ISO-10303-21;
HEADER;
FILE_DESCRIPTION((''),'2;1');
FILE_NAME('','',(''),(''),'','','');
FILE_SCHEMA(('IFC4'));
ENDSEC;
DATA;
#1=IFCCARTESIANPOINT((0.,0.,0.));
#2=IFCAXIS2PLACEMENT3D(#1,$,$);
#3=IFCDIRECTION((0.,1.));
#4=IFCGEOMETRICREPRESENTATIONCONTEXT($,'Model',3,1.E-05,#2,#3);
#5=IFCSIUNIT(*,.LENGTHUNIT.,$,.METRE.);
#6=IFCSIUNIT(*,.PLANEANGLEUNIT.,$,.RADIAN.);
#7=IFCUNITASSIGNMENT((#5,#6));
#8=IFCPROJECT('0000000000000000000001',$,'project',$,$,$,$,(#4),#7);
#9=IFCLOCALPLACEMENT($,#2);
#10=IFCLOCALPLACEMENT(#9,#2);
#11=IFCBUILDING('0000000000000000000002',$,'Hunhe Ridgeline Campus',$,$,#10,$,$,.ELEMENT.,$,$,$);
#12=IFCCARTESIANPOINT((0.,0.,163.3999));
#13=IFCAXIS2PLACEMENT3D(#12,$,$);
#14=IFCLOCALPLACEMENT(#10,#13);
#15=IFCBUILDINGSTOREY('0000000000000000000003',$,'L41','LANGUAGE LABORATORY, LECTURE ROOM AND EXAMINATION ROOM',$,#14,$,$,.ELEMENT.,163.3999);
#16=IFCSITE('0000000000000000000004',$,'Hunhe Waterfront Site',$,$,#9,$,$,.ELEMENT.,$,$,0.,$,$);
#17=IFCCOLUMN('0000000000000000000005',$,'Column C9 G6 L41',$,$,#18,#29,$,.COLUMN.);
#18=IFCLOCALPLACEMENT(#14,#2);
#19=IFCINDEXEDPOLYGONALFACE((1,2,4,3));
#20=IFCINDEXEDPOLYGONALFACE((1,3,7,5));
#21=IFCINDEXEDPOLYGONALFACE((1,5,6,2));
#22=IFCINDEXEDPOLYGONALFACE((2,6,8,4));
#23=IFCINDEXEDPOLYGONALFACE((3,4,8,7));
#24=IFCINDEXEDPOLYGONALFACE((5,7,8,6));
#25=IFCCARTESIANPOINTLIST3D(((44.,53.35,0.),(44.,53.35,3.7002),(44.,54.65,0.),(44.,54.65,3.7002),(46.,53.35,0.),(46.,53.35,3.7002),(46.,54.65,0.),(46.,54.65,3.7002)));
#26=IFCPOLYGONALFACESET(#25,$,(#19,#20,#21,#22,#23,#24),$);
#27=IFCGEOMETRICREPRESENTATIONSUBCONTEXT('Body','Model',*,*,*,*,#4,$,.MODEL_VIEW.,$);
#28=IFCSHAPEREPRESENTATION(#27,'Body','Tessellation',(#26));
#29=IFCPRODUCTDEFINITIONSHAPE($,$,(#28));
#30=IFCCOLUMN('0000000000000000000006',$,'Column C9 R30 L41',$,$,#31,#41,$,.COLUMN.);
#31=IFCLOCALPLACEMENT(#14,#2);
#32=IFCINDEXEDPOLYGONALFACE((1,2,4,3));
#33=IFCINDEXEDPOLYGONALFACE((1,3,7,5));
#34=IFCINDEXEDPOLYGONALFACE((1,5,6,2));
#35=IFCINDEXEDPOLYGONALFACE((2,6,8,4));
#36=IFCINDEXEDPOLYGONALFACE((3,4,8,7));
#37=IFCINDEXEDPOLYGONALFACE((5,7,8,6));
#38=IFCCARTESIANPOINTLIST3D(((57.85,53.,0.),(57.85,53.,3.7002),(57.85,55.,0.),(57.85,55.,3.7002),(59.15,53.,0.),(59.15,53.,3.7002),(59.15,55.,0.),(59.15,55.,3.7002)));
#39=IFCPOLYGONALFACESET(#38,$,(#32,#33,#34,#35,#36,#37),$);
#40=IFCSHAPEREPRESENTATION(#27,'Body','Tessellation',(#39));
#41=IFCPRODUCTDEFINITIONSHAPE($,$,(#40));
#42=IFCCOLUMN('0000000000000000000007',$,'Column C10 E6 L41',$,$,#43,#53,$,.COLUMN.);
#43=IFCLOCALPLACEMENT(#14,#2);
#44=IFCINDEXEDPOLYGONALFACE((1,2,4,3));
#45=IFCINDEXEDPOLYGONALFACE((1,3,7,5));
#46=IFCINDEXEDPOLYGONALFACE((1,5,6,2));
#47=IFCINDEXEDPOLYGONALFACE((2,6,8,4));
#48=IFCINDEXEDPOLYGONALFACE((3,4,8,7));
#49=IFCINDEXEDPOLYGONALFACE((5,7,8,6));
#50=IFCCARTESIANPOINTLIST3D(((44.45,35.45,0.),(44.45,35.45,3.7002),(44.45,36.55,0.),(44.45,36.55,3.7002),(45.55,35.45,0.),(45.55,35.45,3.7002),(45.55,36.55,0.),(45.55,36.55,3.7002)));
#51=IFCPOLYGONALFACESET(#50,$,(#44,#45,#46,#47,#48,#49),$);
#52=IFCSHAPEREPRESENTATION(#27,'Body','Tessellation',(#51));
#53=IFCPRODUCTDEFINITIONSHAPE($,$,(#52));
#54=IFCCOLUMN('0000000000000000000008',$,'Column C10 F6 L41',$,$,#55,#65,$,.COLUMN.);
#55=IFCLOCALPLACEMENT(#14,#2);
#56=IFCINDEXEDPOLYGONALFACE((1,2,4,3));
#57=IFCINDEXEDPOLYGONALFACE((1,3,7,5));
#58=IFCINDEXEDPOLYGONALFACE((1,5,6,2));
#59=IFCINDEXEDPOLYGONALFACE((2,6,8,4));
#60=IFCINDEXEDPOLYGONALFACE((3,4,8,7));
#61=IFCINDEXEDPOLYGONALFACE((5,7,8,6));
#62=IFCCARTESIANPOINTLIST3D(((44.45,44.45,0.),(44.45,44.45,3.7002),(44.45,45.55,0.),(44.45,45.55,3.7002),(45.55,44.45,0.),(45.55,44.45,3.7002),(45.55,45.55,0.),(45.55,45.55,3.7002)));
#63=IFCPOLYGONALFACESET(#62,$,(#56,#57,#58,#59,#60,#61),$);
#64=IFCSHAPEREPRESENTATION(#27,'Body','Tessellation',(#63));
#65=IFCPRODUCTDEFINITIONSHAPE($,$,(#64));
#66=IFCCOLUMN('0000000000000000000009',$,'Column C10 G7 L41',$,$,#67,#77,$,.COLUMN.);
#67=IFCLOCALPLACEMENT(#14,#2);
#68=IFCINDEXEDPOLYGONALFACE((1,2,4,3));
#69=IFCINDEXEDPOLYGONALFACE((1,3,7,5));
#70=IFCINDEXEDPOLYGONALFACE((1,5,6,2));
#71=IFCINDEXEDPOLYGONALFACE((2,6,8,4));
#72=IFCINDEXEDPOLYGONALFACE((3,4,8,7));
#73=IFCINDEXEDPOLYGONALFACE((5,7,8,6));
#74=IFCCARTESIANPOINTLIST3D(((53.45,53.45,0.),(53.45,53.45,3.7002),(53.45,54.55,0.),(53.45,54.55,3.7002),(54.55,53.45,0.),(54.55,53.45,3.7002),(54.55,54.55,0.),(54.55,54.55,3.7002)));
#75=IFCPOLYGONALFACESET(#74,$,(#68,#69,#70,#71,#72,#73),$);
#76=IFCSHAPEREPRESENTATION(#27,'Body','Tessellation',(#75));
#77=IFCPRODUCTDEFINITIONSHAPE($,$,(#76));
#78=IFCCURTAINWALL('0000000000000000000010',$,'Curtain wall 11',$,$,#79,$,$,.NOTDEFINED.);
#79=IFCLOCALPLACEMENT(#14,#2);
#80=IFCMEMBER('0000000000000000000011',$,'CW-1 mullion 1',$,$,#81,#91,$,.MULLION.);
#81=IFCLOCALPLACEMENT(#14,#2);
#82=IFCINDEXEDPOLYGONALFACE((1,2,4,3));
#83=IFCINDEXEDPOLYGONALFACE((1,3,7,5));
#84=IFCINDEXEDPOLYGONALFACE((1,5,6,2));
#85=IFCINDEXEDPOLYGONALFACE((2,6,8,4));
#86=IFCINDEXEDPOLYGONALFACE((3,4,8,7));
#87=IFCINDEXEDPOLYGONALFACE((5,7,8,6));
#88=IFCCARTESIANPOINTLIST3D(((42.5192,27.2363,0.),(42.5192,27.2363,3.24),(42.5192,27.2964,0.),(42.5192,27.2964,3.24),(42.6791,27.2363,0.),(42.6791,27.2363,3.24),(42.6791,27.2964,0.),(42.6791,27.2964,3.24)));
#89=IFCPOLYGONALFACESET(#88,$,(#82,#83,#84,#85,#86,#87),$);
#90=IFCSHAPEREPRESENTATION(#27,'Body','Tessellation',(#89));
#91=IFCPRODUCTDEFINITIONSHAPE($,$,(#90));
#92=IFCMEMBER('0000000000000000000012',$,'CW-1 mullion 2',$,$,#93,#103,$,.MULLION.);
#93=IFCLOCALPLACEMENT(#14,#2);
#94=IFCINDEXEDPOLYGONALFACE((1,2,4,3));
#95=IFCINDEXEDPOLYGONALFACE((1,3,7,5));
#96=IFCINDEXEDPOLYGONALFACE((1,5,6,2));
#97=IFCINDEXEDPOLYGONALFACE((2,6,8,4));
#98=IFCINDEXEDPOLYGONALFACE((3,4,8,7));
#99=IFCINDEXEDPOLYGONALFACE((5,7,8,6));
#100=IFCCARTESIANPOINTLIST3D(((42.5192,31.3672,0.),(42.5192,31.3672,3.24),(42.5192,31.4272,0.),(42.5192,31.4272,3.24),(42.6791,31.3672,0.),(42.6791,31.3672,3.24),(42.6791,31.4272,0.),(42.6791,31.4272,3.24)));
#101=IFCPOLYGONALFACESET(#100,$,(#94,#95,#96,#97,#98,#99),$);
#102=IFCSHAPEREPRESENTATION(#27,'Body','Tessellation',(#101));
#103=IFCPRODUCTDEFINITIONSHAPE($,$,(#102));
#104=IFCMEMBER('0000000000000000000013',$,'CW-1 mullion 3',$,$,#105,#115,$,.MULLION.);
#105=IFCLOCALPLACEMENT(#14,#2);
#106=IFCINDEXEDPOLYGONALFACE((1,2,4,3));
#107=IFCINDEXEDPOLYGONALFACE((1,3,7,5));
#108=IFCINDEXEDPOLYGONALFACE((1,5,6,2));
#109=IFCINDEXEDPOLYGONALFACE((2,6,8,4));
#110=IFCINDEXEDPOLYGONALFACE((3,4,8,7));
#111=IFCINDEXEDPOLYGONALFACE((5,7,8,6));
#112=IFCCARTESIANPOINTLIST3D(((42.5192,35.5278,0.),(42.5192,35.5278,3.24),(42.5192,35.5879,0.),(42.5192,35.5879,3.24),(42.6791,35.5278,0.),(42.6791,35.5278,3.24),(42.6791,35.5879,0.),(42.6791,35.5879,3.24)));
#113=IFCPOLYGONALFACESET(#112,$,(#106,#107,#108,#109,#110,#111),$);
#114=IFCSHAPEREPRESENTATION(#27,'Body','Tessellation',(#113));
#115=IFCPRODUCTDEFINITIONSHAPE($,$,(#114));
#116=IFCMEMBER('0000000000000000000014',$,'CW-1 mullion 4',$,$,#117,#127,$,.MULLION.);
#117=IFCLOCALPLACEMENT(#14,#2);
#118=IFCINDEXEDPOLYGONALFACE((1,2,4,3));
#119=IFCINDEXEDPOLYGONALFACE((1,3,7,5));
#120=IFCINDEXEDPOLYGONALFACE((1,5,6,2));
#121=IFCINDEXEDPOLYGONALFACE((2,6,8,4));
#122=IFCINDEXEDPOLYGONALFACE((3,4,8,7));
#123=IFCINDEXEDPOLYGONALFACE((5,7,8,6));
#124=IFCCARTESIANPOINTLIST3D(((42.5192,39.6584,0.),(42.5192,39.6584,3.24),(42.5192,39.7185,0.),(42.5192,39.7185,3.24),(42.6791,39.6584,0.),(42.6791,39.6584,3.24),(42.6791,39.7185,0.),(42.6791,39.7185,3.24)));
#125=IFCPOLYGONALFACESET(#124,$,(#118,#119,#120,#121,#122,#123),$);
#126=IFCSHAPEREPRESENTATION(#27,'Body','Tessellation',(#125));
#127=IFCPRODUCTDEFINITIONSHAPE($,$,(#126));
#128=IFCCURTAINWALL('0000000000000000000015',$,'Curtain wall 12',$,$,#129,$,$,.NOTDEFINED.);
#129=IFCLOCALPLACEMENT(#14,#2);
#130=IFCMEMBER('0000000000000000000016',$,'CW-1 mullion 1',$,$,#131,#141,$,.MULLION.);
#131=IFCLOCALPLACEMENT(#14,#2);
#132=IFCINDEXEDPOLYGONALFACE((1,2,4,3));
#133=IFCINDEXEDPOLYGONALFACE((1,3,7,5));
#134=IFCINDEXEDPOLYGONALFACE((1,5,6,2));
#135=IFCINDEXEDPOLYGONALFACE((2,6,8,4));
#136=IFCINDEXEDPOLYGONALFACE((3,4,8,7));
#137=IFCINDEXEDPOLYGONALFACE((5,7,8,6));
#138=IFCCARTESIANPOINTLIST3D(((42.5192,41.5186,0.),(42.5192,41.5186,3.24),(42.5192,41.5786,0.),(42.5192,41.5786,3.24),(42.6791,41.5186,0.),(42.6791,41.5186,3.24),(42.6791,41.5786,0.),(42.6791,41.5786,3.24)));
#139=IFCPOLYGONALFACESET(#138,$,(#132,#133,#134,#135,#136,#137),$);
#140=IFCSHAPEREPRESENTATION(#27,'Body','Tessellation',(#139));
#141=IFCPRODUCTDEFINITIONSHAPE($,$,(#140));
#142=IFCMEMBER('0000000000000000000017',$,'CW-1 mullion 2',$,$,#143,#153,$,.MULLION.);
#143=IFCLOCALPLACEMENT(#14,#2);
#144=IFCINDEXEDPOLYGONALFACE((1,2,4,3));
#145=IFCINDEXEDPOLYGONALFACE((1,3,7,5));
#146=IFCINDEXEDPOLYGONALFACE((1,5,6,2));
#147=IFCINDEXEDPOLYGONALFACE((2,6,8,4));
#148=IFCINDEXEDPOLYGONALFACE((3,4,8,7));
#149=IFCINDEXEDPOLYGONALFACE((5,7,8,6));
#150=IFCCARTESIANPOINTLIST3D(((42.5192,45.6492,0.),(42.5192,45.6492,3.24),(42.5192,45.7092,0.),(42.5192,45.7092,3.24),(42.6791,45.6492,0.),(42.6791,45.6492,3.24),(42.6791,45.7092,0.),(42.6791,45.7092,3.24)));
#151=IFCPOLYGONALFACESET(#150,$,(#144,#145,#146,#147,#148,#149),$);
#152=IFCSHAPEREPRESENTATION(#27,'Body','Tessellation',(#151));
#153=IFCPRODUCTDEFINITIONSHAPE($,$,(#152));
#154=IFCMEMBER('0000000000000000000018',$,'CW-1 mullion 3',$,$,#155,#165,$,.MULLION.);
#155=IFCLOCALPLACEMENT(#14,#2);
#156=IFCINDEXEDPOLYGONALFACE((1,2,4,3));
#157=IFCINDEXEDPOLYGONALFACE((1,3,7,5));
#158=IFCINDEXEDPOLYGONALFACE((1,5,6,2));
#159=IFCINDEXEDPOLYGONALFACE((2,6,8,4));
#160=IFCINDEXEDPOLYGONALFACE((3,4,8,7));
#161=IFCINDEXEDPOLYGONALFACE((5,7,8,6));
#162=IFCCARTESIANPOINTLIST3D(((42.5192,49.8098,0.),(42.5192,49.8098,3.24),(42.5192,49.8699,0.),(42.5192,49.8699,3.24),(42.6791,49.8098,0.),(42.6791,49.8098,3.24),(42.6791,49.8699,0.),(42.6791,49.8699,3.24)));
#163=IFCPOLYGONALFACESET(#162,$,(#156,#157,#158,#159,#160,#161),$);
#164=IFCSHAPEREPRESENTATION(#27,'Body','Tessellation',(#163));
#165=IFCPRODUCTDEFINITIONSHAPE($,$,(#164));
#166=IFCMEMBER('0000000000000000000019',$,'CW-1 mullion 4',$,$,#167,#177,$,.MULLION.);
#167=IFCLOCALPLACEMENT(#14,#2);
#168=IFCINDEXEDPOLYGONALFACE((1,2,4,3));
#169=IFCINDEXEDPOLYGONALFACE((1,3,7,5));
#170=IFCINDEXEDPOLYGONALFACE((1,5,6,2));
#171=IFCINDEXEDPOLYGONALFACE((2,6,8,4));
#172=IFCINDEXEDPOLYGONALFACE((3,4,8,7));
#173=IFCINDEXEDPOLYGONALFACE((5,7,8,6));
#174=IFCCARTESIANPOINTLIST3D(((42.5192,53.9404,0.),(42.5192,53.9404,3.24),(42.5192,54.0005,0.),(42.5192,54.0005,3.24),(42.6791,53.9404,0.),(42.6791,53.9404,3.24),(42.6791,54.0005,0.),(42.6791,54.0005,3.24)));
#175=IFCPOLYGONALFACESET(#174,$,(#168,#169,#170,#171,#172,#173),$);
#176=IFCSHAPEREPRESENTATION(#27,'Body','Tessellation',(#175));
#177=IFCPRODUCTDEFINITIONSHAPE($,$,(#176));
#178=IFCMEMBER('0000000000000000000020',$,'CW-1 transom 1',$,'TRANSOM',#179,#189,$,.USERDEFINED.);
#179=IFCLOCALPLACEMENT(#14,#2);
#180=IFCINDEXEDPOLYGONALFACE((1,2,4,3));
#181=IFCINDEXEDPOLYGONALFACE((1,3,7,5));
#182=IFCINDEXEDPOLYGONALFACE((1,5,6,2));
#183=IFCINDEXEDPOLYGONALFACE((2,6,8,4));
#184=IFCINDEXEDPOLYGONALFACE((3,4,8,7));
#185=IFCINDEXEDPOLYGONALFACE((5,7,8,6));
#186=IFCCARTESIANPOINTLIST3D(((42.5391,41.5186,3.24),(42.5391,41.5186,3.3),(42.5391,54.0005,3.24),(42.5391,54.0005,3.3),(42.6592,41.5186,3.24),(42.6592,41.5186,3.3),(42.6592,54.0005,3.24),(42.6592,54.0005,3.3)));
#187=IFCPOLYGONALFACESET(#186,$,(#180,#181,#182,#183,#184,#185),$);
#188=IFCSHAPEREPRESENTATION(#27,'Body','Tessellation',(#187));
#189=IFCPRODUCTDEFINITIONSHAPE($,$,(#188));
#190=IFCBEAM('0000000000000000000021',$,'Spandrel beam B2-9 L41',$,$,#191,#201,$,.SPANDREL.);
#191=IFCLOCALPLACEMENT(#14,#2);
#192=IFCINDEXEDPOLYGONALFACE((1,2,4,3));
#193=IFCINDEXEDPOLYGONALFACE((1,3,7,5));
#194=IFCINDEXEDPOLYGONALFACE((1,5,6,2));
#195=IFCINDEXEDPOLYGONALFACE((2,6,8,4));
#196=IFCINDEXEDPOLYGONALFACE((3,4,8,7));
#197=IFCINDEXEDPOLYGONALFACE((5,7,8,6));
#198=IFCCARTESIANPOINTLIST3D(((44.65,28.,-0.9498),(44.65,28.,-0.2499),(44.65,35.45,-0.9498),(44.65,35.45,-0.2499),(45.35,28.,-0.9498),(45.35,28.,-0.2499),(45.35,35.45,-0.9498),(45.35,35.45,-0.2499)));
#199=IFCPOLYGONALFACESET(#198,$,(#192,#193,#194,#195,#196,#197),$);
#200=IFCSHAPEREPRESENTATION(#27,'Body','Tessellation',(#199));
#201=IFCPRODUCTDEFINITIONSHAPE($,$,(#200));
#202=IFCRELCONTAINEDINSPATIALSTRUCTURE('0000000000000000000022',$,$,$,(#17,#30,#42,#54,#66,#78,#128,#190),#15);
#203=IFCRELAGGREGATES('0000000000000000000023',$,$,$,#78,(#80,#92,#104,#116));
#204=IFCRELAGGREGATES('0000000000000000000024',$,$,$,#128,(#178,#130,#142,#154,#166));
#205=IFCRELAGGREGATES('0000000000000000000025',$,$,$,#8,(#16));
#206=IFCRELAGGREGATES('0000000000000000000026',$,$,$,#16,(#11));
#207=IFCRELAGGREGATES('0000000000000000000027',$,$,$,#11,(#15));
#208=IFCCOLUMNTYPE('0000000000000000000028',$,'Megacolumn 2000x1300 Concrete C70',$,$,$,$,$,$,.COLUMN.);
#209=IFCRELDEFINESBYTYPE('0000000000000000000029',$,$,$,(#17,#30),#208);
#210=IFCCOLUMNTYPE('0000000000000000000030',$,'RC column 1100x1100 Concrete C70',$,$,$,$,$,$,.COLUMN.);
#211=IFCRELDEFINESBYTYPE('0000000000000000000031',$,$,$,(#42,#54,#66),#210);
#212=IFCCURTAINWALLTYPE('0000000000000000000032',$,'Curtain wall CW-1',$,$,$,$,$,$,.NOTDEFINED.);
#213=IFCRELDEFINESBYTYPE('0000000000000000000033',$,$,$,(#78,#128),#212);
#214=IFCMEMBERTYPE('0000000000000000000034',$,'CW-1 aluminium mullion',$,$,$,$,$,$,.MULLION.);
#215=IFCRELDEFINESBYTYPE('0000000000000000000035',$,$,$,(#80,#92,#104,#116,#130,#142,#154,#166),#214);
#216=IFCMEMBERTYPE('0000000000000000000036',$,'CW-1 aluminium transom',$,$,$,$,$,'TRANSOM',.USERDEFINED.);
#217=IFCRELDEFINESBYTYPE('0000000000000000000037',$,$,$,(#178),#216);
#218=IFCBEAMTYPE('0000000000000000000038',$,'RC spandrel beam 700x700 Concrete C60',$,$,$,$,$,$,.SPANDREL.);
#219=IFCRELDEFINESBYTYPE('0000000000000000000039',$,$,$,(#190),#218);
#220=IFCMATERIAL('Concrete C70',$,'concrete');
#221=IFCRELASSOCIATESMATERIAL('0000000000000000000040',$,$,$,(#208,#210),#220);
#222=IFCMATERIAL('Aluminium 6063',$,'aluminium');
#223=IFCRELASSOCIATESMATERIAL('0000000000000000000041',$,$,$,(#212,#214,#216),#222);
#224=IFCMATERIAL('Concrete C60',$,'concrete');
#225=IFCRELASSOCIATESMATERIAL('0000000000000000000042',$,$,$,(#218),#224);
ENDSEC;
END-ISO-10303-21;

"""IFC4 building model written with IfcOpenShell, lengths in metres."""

from ifc_helpers import new_model, si_unit, direction, frame, origin, origin_2d, place, context, subcontext, project, spatial, rectangle, extrude, material, material_profile, profile_set, type_object, element, aggregate, save


model = new_model("IFC4")

# Units and contexts
model_context = context("Model", 3, precision=1e-05, world=origin(), true_north=direction((0.0, 1.0)))
body_context = subcontext(model_context, "Body", "Model", "MODEL_VIEW")
ifc_project = project(units=[si_unit("LENGTHUNIT", "METRE"), si_unit("PLANEANGLEUNIT", "RADIAN")], contexts=[model_context])

# Site, building, storey
site_placement = place(None, origin())
site = spatial("IfcSite", under=ifc_project, at=site_placement, Name="Hunhe Waterfront Site", CompositionType="ELEMENT", RefElevation=0.0)
building_placement = place(site_placement, origin())
building = spatial("IfcBuilding", under=site, at=building_placement, Name="Hunhe Ridgeline Campus", CompositionType="ELEMENT")
storey_placement = place(building_placement, frame((0.0, 0.0, 163.3999)))
storey = spatial("IfcBuildingStorey", under=building, at=storey_placement, Name="L41", Description="LANGUAGE LABORATORY, LECTURE ROOM AND EXAMINATION ROOM", CompositionType="ELEMENT", Elevation=163.3999)

# Columns
ifc_material_1 = material(Name="Concrete C70", Category="concrete")
ifc_material_profile_1 = material_profile(ifc_material_1, rectangle(XDim=2.0, YDim=1.3, at=origin_2d()))
ifc_profile_set_1 = profile_set([ifc_material_profile_1], Name="Concrete C70")
column_type_1 = type_object("IfcColumnType", Name="Megacolumn 2000x1300 Concrete C70", PredefinedType="COLUMN", material=ifc_profile_set_1)
for number, where, z_axis, x_axis, name in (
    (1, (45.0, 54.0, 0.0), (0.0, 0.0, 1.0), (1.0, 0.0, 0.0), "Column C9 G6 L41"),
    (2, (58.5, 54.0, 0.0), (0.0, 0.0, 1.0), (0.0, 1.0, 0.0), "Column C9 R30 L41"),
):
    element("IfcColumn", number, at=place(storey_placement, frame(where, z_axis=z_axis, x_axis=x_axis)), inside=storey, type_object=column_type_1, Name=name, PredefinedType="COLUMN", context=body_context, shape_type="SweptSolid", body=[
        extrude(rectangle(XDim=2.0, YDim=1.3, at=origin_2d()), origin(), (0.0, 0.0, 1.0), 3.7002),
    ])
ifc_material_profile_2 = material_profile(ifc_material_1, rectangle(XDim=1.1001, YDim=1.1001, at=origin_2d()))
ifc_profile_set_2 = profile_set([ifc_material_profile_2], Name="Concrete C70")
column_type_2 = type_object("IfcColumnType", Name="RC column 1100x1100 Concrete C70", PredefinedType="COLUMN", material=ifc_profile_set_2)
for number, where, z_axis, x_axis, name in (
    (3, (45.0, 36.0, 0.0), (0.0, 0.0, 1.0), (1.0, 0.0, 0.0), "Column C10 E6 L41"),
    (4, (45.0, 45.0, 0.0), (0.0, 0.0, 1.0), (1.0, 0.0, 0.0), "Column C10 F6 L41"),
    (5, (54.0, 54.0, 0.0), (0.0, 0.0, 1.0), (1.0, 0.0, 0.0), "Column C10 G7 L41"),
):
    element("IfcColumn", number, at=place(storey_placement, frame(where, z_axis=z_axis, x_axis=x_axis)), inside=storey, type_object=column_type_2, Name=name, PredefinedType="COLUMN", context=body_context, shape_type="SweptSolid", body=[
        extrude(rectangle(XDim=1.1001, YDim=1.1001, at=origin_2d()), origin(), (0.0, 0.0, 1.0), 3.7002),
    ])

# Curtain walls, members
ifc_material_2 = material(Name="Aluminium 6063", Category="aluminium")
curtain_wall_type = type_object("IfcCurtainWallType", Name="Curtain wall CW-1", PredefinedType="NOTDEFINED", material=ifc_material_2)
curtain_wall_1_placement = place(storey_placement, origin())
curtain_wall_1 = element("IfcCurtainWall", 6, at=curtain_wall_1_placement, inside=storey, type_object=curtain_wall_type, Name="Curtain wall 11", PredefinedType="NOTDEFINED")
ifc_material_profile_3 = material_profile(ifc_material_2, rectangle(XDim=0.1599, YDim=0.0601, at=origin_2d()))
ifc_profile_set_3 = profile_set([ifc_material_profile_3], Name="Aluminium 6063")
member_type_1 = type_object("IfcMemberType", Name="CW-1 aluminium mullion", PredefinedType="MULLION", material=ifc_profile_set_3)
member_1_placement = place(storey_placement, frame((42.5991, 27.2664, 0.0), z_axis=(0.0, 0.0, 1.0), x_axis=(-1.0, 0.000004, 0.0)))
member_1 = element("IfcMember", 7, at=member_1_placement, type_object=member_type_1, Name="CW-1 mullion 1", PredefinedType="MULLION", context=body_context, shape_type="SweptSolid", body=[
    extrude(rectangle(XDim=0.1599, YDim=0.0601, at=origin_2d()), origin(), (0.0, 0.0, 1.0), 3.24),
])
member_2_placement = place(storey_placement, frame((42.5991, 31.3972, 0.0), z_axis=(0.0, 0.0, 1.0), x_axis=(-1.0, 0.000004, 0.0)))
member_2 = element("IfcMember", 8, at=member_2_placement, type_object=member_type_1, Name="CW-1 mullion 2", PredefinedType="MULLION", context=body_context, shape_type="SweptSolid", body=[
    extrude(rectangle(XDim=0.1599, YDim=0.0601, at=origin_2d()), origin(), (0.0, 0.0, 1.0), 3.24),
])
member_3_placement = place(storey_placement, frame((42.5991, 35.5579, 0.0), z_axis=(0.0, 0.0, 1.0), x_axis=(-1.0, 0.000004, 0.0)))
member_3 = element("IfcMember", 9, at=member_3_placement, type_object=member_type_1, Name="CW-1 mullion 3", PredefinedType="MULLION", context=body_context, shape_type="SweptSolid", body=[
    extrude(rectangle(XDim=0.1599, YDim=0.0601, at=origin_2d()), origin(), (0.0, 0.0, 1.0), 3.24),
])
member_4_placement = place(storey_placement, frame((42.5991, 39.6885, 0.0), z_axis=(0.0, 0.0, 1.0), x_axis=(-1.0, 0.000004, 0.0)))
member_4 = element("IfcMember", 10, at=member_4_placement, type_object=member_type_1, Name="CW-1 mullion 4", PredefinedType="MULLION", context=body_context, shape_type="SweptSolid", body=[
    extrude(rectangle(XDim=0.1599, YDim=0.0601, at=origin_2d()), origin(), (0.0, 0.0, 1.0), 3.24),
])
curtain_wall_2_placement = place(storey_placement, origin())
curtain_wall_2 = element("IfcCurtainWall", 11, at=curtain_wall_2_placement, inside=storey, type_object=curtain_wall_type, Name="Curtain wall 12", PredefinedType="NOTDEFINED")
member_5_placement = place(storey_placement, frame((42.5991, 41.5486, 0.0), z_axis=(0.0, 0.0, 1.0), x_axis=(-1.0, 0.000004, 0.0)))
member_5 = element("IfcMember", 12, at=member_5_placement, type_object=member_type_1, Name="CW-1 mullion 1", PredefinedType="MULLION", context=body_context, shape_type="SweptSolid", body=[
    extrude(rectangle(XDim=0.1599, YDim=0.0601, at=origin_2d()), origin(), (0.0, 0.0, 1.0), 3.24),
])
member_6_placement = place(storey_placement, frame((42.5991, 45.6792, 0.0), z_axis=(0.0, 0.0, 1.0), x_axis=(-1.0, 0.000004, 0.0)))
member_6 = element("IfcMember", 13, at=member_6_placement, type_object=member_type_1, Name="CW-1 mullion 2", PredefinedType="MULLION", context=body_context, shape_type="SweptSolid", body=[
    extrude(rectangle(XDim=0.1599, YDim=0.0601, at=origin_2d()), origin(), (0.0, 0.0, 1.0), 3.24),
])
member_7_placement = place(storey_placement, frame((42.5991, 49.8398, 0.0), z_axis=(0.0, 0.0, 1.0), x_axis=(-1.0, 0.000004, 0.0)))
member_7 = element("IfcMember", 14, at=member_7_placement, type_object=member_type_1, Name="CW-1 mullion 3", PredefinedType="MULLION", context=body_context, shape_type="SweptSolid", body=[
    extrude(rectangle(XDim=0.1599, YDim=0.0601, at=origin_2d()), origin(), (0.0, 0.0, 1.0), 3.24),
])
member_8_placement = place(storey_placement, frame((42.5991, 53.9705, 0.0), z_axis=(0.0, 0.0, 1.0), x_axis=(-1.0, 0.000004, 0.0)))
member_8 = element("IfcMember", 15, at=member_8_placement, type_object=member_type_1, Name="CW-1 mullion 4", PredefinedType="MULLION", context=body_context, shape_type="SweptSolid", body=[
    extrude(rectangle(XDim=0.1599, YDim=0.0601, at=origin_2d()), origin(), (0.0, 0.0, 1.0), 3.24),
])
ifc_material_profile_4 = material_profile(ifc_material_2, rectangle(XDim=0.1201, YDim=0.0601, at=origin_2d()))
ifc_profile_set_4 = profile_set([ifc_material_profile_4], Name="Aluminium 6063")
member_type_2 = type_object("IfcMemberType", Name="CW-1 aluminium transom", ElementType="TRANSOM", PredefinedType="USERDEFINED", material=ifc_profile_set_4)
member_9_placement = place(storey_placement, frame((42.5991, 41.5186, 3.27), z_axis=(0.0, 1.0, 0.0), x_axis=(-1.0, 0.0, 0.0)))
member_9 = element("IfcMember", 16, at=member_9_placement, type_object=member_type_2, Name="CW-1 transom 1", ObjectType="TRANSOM", PredefinedType="USERDEFINED", context=body_context, shape_type="SweptSolid", body=[
    extrude(rectangle(XDim=0.1201, YDim=0.0601, at=origin_2d()), origin(), (0.0, 0.0, 1.0), 12.4819),
])

# Beam
ifc_material_3 = material(Name="Concrete C60", Category="concrete")
ifc_material_profile_5 = material_profile(ifc_material_3, rectangle(XDim=0.7, YDim=0.7, at=origin_2d()))
ifc_profile_set_5 = profile_set([ifc_material_profile_5], Name="Concrete C60")
beam_type = type_object("IfcBeamType", Name="RC spandrel beam 700x700 Concrete C60", PredefinedType="SPANDREL", material=ifc_profile_set_5)
beam_1_placement = place(storey_placement, frame((45.0, 28.0, -0.5999), z_axis=(0.0, 1.0, 0.0), x_axis=(-1.0, 0.0, 0.0)))
element("IfcBeam", 17, at=beam_1_placement, inside=storey, type_object=beam_type, Name="Spandrel beam B2-9 L41", PredefinedType="SPANDREL", context=body_context, shape_type="SweptSolid", body=[
    extrude(rectangle(XDim=0.7, YDim=0.7, at=origin_2d()), origin(), (0.0, 0.0, 1.0), 7.45),
])

aggregate(curtain_wall_1, [member_1, member_2, member_3, member_4])
aggregate(curtain_wall_2, [member_9, member_5, member_6, member_7, member_8])

save(model, "model.ifc")
